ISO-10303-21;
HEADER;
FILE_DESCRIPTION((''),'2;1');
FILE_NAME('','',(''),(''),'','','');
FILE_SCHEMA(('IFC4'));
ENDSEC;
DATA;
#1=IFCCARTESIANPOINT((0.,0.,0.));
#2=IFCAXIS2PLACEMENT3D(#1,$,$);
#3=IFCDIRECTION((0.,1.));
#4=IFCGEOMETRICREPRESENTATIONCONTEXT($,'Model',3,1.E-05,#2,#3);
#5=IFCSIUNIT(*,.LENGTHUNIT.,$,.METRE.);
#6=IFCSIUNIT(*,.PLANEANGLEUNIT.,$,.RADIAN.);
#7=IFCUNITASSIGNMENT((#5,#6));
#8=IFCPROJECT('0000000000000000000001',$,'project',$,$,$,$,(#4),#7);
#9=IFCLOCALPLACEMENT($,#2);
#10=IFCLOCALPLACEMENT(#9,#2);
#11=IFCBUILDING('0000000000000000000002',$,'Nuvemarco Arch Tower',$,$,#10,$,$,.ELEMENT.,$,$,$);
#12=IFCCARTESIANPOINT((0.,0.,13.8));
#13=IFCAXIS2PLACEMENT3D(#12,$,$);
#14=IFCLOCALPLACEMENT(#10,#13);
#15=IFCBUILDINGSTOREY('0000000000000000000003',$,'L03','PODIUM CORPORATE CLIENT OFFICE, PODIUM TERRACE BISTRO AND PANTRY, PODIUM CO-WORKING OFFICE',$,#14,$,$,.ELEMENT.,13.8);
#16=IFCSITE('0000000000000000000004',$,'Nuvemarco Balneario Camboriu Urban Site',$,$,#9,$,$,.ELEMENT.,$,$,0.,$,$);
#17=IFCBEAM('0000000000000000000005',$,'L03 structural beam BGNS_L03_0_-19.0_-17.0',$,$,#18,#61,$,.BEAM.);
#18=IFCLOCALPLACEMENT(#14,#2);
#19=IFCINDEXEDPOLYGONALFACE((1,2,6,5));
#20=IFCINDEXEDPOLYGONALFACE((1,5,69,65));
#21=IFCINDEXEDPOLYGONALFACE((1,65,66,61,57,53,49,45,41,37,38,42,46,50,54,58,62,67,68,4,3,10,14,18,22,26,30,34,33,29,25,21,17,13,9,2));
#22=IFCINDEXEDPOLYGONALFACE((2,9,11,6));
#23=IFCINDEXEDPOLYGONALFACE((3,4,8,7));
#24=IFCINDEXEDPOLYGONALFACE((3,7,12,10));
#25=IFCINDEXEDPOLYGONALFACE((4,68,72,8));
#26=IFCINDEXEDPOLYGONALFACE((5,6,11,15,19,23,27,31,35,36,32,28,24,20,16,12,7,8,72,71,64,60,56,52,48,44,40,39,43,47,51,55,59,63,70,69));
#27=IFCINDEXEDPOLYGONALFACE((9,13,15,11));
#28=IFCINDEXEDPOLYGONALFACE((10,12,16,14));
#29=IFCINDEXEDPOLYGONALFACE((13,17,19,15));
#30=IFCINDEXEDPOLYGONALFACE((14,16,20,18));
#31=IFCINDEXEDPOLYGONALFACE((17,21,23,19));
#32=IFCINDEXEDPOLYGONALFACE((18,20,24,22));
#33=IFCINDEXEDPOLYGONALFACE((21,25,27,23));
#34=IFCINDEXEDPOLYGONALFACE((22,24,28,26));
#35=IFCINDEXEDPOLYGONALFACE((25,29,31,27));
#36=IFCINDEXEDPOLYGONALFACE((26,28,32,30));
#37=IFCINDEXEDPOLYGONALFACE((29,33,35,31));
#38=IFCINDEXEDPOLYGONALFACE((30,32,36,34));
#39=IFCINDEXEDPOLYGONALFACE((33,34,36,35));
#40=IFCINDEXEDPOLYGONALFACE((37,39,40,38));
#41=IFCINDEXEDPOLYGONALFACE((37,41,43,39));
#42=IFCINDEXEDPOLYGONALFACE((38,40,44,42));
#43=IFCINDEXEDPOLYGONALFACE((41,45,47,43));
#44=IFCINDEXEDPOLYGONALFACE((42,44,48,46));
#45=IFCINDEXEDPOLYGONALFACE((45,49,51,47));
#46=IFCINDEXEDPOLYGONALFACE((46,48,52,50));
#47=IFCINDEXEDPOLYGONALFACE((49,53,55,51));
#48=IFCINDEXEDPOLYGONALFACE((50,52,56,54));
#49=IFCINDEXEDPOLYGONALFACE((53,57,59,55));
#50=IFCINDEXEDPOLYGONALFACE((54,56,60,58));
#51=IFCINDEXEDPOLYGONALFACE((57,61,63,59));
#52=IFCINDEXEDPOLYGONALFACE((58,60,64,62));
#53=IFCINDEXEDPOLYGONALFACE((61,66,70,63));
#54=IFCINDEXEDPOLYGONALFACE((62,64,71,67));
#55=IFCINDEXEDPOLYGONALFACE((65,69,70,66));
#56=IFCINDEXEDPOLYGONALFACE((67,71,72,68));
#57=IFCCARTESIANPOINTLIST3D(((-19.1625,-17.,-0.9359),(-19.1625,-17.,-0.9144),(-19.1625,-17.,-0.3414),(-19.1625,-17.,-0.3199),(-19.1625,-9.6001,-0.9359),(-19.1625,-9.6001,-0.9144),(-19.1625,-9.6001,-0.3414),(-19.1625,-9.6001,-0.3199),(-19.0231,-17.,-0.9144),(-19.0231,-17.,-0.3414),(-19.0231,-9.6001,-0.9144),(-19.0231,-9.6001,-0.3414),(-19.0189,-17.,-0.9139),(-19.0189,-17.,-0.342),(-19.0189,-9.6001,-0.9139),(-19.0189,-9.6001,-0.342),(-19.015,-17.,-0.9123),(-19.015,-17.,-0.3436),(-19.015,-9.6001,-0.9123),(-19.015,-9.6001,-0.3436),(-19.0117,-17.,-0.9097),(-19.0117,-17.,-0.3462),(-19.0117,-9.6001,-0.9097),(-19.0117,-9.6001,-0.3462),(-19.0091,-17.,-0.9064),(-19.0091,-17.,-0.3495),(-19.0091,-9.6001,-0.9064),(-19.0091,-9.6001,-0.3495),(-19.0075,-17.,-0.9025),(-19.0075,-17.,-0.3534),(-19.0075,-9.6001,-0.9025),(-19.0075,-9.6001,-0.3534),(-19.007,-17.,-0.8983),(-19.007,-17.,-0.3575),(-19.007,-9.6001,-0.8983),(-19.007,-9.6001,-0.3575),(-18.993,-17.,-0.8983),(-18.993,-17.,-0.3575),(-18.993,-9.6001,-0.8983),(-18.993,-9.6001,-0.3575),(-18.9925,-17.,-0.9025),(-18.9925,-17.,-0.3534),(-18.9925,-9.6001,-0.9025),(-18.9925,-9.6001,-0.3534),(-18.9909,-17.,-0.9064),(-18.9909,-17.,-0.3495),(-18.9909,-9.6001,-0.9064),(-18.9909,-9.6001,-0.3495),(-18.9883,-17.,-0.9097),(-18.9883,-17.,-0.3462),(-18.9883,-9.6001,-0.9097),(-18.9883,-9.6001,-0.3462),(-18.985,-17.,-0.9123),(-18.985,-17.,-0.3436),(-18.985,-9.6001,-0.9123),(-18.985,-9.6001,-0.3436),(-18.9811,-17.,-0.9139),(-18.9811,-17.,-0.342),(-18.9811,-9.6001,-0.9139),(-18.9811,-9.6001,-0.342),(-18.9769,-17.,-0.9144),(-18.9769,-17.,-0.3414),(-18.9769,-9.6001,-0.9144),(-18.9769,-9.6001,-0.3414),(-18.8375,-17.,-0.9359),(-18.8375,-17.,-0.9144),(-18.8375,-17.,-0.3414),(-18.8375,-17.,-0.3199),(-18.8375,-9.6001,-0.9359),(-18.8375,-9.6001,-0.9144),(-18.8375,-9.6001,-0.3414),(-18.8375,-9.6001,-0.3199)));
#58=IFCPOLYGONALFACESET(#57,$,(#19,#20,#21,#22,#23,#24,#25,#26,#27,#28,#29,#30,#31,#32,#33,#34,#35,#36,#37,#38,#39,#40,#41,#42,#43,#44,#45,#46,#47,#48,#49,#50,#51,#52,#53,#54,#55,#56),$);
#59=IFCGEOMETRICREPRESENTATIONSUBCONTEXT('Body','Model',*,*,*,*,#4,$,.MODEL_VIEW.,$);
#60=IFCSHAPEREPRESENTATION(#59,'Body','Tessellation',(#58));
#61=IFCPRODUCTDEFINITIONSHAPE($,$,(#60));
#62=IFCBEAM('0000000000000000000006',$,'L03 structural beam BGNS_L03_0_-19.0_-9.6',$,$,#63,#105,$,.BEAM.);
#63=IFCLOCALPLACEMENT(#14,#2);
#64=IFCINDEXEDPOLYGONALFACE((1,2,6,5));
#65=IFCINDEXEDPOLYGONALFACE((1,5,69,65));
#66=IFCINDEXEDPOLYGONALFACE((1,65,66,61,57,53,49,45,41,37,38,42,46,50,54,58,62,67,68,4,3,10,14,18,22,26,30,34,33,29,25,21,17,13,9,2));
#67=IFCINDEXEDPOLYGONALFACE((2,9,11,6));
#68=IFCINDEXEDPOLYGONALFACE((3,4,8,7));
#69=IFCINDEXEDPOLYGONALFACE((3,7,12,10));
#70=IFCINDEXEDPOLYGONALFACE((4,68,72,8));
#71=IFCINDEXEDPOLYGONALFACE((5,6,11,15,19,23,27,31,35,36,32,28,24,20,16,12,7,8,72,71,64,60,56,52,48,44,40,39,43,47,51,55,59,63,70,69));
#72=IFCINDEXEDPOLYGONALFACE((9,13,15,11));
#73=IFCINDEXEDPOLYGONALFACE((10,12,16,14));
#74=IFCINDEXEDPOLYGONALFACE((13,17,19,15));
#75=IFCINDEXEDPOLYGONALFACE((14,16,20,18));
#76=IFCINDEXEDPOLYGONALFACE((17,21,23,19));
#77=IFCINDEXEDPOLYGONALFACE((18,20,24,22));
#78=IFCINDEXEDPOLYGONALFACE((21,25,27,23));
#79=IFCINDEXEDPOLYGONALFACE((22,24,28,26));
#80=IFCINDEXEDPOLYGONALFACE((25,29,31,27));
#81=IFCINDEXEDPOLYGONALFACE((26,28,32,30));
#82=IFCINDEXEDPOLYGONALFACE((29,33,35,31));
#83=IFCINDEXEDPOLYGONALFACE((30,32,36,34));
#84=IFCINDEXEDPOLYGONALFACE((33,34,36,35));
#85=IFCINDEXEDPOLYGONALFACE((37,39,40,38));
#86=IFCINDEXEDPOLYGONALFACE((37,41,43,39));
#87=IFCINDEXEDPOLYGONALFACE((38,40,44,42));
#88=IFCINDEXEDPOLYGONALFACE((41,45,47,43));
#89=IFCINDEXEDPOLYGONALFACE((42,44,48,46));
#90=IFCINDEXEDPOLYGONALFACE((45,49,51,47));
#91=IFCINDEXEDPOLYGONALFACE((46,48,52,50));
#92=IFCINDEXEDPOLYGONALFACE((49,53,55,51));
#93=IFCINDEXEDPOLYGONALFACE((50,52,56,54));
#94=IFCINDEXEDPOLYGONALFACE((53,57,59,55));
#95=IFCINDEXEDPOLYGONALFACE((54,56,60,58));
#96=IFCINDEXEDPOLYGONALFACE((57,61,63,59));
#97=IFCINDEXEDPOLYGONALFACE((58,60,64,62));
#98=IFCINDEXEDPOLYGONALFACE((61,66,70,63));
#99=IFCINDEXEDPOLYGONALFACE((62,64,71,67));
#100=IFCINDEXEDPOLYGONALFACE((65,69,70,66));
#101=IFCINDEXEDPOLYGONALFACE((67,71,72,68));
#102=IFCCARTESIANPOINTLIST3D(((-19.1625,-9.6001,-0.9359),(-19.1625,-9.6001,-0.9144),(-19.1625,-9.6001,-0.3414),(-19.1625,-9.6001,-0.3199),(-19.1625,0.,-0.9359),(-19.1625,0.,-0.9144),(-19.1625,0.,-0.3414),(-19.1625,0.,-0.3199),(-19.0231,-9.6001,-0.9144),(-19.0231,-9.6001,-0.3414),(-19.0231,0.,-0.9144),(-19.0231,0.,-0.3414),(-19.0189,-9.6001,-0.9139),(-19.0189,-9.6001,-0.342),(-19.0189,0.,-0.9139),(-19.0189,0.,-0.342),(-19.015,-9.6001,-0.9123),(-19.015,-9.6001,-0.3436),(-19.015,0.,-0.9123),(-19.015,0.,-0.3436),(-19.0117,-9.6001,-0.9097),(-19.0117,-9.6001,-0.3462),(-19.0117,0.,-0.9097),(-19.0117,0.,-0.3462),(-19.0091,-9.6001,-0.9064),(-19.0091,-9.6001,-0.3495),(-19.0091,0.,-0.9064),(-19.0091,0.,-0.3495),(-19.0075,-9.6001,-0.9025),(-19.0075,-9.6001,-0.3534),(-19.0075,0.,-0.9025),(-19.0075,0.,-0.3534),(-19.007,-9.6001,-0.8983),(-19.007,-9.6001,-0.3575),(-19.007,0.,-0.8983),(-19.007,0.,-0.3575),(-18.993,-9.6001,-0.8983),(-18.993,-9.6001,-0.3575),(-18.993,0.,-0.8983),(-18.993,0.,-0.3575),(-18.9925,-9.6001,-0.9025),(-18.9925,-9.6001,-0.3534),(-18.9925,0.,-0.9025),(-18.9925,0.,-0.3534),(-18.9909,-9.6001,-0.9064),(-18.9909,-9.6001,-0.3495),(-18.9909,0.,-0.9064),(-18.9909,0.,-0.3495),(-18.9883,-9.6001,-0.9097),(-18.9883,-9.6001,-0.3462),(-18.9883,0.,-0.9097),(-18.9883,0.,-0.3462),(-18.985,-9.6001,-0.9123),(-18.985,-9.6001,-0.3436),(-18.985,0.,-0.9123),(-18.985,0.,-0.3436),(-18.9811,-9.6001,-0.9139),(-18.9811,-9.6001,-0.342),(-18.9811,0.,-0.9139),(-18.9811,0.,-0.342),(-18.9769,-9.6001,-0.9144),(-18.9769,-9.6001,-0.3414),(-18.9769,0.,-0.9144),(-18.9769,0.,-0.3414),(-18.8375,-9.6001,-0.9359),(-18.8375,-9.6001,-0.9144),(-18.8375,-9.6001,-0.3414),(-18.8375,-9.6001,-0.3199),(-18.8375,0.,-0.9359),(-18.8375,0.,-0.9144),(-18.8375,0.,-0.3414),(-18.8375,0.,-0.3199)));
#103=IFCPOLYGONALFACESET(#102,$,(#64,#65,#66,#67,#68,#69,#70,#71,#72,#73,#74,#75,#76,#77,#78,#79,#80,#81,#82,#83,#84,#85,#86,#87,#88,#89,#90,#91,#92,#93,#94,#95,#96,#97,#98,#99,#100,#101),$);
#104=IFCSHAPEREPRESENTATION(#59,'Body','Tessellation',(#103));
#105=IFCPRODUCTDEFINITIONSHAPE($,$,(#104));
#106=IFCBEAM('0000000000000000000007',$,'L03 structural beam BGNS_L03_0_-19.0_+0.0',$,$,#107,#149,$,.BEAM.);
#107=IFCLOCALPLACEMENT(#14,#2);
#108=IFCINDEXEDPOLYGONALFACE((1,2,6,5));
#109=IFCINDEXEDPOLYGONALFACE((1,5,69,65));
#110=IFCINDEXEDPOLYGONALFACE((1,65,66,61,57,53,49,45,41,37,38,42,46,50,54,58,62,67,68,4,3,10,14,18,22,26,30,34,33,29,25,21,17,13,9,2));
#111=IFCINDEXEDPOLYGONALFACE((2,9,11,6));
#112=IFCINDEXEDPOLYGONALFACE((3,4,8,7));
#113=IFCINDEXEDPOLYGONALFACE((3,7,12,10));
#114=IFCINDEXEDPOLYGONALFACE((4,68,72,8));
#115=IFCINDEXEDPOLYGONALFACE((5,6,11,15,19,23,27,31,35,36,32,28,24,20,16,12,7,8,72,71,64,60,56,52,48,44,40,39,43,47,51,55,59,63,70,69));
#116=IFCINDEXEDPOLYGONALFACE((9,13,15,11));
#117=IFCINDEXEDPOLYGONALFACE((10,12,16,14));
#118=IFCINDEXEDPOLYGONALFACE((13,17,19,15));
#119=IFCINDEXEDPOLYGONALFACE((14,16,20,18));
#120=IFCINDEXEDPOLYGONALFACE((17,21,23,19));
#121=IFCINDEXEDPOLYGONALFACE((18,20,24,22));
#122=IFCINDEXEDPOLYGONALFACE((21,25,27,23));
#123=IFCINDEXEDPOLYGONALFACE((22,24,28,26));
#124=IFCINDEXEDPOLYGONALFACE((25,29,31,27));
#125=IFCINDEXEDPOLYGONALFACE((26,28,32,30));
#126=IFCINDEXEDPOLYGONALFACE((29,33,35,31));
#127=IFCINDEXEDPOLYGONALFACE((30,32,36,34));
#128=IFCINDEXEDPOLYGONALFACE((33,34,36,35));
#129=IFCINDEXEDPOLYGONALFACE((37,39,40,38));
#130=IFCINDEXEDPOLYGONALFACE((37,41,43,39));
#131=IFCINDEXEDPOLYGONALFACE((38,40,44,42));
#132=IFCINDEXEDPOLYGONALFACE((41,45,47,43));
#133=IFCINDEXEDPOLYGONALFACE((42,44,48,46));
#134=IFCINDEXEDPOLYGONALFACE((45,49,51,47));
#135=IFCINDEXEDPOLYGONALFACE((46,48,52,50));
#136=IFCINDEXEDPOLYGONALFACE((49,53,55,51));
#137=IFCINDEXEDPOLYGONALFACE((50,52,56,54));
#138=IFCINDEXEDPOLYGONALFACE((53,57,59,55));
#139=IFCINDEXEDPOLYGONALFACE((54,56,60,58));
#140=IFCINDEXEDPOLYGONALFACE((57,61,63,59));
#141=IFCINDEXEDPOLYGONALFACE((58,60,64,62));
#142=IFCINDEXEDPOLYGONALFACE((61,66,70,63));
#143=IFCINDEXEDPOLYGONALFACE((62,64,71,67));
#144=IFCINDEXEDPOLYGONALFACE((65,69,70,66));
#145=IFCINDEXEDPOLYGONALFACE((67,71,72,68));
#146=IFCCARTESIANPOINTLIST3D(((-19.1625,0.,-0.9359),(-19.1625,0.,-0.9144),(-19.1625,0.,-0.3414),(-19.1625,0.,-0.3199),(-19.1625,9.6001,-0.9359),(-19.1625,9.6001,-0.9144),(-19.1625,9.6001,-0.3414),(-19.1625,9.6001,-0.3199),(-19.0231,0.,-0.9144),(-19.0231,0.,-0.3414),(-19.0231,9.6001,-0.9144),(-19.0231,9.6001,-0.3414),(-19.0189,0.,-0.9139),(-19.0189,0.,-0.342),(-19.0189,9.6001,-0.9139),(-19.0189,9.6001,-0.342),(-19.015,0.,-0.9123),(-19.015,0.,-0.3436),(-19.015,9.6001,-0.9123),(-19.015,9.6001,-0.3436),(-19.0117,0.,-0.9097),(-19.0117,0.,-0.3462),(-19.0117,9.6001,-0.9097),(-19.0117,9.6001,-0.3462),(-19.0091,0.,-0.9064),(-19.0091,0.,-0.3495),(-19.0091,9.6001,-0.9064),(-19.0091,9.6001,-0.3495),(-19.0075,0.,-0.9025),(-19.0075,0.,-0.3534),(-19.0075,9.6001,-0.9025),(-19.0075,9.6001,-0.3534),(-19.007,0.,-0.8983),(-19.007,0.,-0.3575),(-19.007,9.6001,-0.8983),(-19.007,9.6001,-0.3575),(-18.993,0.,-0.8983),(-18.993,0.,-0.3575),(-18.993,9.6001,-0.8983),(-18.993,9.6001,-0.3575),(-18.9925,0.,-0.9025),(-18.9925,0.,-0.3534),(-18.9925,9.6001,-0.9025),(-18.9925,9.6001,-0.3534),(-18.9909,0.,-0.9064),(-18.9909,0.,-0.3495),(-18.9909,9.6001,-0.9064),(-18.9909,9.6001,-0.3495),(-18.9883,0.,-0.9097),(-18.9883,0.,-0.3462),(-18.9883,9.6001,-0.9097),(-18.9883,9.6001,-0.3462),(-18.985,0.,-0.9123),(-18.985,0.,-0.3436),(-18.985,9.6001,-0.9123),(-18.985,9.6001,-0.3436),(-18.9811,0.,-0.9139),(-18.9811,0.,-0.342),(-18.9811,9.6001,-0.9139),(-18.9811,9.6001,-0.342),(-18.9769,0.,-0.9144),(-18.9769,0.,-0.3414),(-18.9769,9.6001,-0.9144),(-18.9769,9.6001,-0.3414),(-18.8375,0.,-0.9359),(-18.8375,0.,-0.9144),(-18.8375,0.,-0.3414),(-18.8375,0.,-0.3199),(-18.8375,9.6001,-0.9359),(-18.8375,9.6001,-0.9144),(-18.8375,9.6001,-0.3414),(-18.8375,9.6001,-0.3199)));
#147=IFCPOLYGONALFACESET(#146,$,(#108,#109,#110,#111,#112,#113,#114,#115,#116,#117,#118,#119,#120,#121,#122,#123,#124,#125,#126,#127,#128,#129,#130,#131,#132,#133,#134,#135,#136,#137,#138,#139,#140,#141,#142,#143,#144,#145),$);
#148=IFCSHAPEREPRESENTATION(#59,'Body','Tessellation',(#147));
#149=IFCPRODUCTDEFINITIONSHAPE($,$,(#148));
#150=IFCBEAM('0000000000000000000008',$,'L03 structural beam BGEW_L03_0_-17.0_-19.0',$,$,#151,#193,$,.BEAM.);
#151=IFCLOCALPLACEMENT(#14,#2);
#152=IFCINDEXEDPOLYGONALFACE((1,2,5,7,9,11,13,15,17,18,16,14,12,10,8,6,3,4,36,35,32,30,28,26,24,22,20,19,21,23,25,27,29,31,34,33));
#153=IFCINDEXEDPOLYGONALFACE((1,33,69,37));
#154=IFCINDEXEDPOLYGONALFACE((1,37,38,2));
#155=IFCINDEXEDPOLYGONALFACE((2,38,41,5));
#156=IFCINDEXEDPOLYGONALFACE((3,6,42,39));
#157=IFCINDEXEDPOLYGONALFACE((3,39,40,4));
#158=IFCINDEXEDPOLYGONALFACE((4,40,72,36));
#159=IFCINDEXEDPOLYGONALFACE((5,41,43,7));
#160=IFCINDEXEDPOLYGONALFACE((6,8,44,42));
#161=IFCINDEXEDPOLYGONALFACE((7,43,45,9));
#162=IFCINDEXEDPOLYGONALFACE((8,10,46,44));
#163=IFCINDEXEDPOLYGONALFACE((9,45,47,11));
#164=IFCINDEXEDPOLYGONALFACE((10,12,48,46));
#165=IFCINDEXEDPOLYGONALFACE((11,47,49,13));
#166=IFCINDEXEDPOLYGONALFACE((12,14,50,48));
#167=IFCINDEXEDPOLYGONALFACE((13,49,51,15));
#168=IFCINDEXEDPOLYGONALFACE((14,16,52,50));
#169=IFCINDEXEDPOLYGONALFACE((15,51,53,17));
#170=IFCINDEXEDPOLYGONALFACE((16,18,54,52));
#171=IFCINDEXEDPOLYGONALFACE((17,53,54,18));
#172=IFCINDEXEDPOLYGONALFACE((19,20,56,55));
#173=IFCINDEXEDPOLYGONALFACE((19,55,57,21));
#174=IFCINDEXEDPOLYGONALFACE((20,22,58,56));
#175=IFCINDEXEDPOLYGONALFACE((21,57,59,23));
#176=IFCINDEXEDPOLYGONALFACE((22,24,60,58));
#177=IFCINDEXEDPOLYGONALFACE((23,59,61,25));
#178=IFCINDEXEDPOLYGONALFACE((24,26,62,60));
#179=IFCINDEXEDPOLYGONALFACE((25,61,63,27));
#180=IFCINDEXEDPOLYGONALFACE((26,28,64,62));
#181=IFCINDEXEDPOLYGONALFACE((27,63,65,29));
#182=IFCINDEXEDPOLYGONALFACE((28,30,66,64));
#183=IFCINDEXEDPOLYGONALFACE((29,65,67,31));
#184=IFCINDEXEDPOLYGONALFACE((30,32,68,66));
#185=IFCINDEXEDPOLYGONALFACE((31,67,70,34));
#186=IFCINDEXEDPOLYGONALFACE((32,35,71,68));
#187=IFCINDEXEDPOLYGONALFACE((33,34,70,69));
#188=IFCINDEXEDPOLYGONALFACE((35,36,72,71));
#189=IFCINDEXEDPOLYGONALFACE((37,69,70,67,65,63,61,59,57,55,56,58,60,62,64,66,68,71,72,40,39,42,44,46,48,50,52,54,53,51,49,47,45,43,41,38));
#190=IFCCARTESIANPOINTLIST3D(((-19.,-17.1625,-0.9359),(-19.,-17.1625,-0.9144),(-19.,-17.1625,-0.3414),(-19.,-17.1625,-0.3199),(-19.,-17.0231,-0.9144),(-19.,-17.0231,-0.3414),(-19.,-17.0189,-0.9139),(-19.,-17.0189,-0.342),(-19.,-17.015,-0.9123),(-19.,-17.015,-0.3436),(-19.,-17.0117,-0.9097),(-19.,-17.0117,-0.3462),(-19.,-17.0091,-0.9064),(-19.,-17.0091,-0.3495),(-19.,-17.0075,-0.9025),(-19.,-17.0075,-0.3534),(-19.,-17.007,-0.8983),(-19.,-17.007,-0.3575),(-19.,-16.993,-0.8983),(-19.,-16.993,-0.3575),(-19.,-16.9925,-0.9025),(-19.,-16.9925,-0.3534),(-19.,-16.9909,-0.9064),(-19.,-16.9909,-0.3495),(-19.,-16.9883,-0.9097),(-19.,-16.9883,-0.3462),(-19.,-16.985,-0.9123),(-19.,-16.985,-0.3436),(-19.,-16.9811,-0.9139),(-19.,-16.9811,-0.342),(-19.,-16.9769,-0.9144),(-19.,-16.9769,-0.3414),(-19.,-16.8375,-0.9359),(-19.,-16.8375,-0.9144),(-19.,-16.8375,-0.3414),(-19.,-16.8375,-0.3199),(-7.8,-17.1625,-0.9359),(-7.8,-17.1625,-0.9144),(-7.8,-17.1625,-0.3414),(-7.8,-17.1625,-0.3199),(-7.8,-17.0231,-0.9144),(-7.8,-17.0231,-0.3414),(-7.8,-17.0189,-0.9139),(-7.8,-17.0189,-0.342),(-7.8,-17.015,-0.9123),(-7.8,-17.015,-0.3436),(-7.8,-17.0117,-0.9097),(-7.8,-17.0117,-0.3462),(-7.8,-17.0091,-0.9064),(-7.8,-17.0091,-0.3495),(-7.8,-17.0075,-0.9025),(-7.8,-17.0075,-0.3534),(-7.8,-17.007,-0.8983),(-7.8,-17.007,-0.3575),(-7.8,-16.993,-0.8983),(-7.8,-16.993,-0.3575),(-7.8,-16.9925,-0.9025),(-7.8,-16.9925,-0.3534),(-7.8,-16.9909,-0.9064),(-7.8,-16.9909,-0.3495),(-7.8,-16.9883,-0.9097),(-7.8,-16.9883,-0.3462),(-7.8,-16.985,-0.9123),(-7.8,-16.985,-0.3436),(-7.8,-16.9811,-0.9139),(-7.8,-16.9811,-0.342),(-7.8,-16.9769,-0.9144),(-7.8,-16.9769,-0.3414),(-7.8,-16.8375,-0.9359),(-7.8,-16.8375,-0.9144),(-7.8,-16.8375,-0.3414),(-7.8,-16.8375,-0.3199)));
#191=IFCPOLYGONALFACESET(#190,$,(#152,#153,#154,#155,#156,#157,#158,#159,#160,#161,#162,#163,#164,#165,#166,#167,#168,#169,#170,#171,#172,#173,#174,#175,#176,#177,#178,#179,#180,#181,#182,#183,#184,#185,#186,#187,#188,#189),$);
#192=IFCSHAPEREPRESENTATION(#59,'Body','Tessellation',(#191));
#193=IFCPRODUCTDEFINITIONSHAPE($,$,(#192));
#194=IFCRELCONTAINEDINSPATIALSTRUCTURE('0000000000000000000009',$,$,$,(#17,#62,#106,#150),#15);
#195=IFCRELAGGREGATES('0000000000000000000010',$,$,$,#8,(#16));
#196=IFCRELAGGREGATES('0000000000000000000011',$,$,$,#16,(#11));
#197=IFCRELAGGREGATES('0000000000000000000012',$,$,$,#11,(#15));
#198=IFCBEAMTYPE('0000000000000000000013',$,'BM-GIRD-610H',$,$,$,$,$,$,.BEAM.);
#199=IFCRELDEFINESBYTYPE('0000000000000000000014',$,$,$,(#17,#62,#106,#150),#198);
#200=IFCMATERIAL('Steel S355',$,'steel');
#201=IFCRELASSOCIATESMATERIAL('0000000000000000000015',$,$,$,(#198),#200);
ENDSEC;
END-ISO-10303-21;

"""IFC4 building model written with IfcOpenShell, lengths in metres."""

from ifc_helpers import new_model, si_unit, direction, frame, origin, origin_2d, place, context, subcontext, project, spatial, i_section, extrude, material, material_profile, profile_set, type_object, element, save


model = new_model("IFC4")

# Units and contexts
model_context = context("Model", 3, precision=1e-05, world=origin(), true_north=direction((0.0, 1.0)))
body_context = subcontext(model_context, "Body", "Model", "MODEL_VIEW")
ifc_project = project(units=[si_unit("LENGTHUNIT", "METRE"), si_unit("PLANEANGLEUNIT", "RADIAN")], contexts=[model_context])

# Site, building, storey
site_placement = place(None, origin())
site = spatial("IfcSite", under=ifc_project, at=site_placement, Name="Nuvemarco Balneario Camboriu Urban Site", CompositionType="ELEMENT", RefElevation=0.0)
building_placement = place(site_placement, origin())
building = spatial("IfcBuilding", under=site, at=building_placement, Name="Nuvemarco Arch Tower", CompositionType="ELEMENT")
storey_placement = place(building_placement, frame((0.0, 0.0, 13.8)))
storey = spatial("IfcBuildingStorey", under=building, at=storey_placement, Name="L03", Description="PODIUM CORPORATE CLIENT OFFICE, PODIUM TERRACE BISTRO AND PANTRY, PODIUM CO-WORKING OFFICE", CompositionType="ELEMENT", Elevation=13.8)

# Beams
ifc_material_1 = material(Name="Steel S355", Category="steel")
ifc_material_profile_1 = material_profile(ifc_material_1, i_section(OverallWidth=0.325, OverallDepth=0.616, WebThickness=0.0139, FlangeThickness=0.0215, FilletRadius=0.0161, at=origin_2d()), Name="W610x174")
ifc_profile_set_1 = profile_set([ifc_material_profile_1], Name="Steel S355")
beam_type_1 = type_object("IfcBeamType", Name="BM-GIRD-610H", PredefinedType="BEAM", material=ifc_profile_set_1)
beam_1_placement = place(storey_placement, frame((-19.0, -17.0, -0.6279), z_axis=(0.0, 1.0, 0.0), x_axis=(-1.0, 0.0, 0.0)))
element("IfcBeam", 1, at=beam_1_placement, inside=storey, type_object=beam_type_1, Name="L03 structural beam BGNS_L03_0_-19.0_-17.0", PredefinedType="BEAM", context=body_context, shape_type="SweptSolid", body=[
    extrude(i_section(OverallWidth=0.325, OverallDepth=0.616, WebThickness=0.0139, FlangeThickness=0.0215, FilletRadius=0.0161, at=origin_2d()), origin(), (0.0, 0.0, 1.0), 7.3999),
])
for number, where, z_axis, x_axis, name in (
    (2, (-19.0, -9.6001, -0.6279), (0.0, 1.0, 0.0), (-1.0, 0.0, 0.0), "L03 structural beam BGNS_L03_0_-19.0_-9.6"),
    (3, (-19.0, 0.0, -0.6279), (0.0, 1.0, 0.0), (-1.0, 0.0, 0.0), "L03 structural beam BGNS_L03_0_-19.0_+0.0"),
):
    element("IfcBeam", number, at=place(storey_placement, frame(where, z_axis=z_axis, x_axis=x_axis)), inside=storey, type_object=beam_type_1, Name=name, PredefinedType="BEAM", context=body_context, shape_type="SweptSolid", body=[
        extrude(i_section(OverallWidth=0.325, OverallDepth=0.616, WebThickness=0.0139, FlangeThickness=0.0215, FilletRadius=0.0161, at=origin_2d()), origin(), (0.0, 0.0, 1.0), 9.6001),
    ])
beam_2_placement = place(storey_placement, frame((-19.0, -17.0, -0.6279), z_axis=(1.0, 0.0, 0.0), x_axis=(0.0, 1.0, 0.0)))
element("IfcBeam", 4, at=beam_2_placement, inside=storey, type_object=beam_type_1, Name="L03 structural beam BGEW_L03_0_-17.0_-19.0", PredefinedType="BEAM", context=body_context, shape_type="SweptSolid", body=[
    extrude(i_section(OverallWidth=0.325, OverallDepth=0.616, WebThickness=0.0139, FlangeThickness=0.0215, FilletRadius=0.0161, at=origin_2d()), origin(), (0.0, 0.0, 1.0), 11.2),
])

save(model, "model.ifc")
